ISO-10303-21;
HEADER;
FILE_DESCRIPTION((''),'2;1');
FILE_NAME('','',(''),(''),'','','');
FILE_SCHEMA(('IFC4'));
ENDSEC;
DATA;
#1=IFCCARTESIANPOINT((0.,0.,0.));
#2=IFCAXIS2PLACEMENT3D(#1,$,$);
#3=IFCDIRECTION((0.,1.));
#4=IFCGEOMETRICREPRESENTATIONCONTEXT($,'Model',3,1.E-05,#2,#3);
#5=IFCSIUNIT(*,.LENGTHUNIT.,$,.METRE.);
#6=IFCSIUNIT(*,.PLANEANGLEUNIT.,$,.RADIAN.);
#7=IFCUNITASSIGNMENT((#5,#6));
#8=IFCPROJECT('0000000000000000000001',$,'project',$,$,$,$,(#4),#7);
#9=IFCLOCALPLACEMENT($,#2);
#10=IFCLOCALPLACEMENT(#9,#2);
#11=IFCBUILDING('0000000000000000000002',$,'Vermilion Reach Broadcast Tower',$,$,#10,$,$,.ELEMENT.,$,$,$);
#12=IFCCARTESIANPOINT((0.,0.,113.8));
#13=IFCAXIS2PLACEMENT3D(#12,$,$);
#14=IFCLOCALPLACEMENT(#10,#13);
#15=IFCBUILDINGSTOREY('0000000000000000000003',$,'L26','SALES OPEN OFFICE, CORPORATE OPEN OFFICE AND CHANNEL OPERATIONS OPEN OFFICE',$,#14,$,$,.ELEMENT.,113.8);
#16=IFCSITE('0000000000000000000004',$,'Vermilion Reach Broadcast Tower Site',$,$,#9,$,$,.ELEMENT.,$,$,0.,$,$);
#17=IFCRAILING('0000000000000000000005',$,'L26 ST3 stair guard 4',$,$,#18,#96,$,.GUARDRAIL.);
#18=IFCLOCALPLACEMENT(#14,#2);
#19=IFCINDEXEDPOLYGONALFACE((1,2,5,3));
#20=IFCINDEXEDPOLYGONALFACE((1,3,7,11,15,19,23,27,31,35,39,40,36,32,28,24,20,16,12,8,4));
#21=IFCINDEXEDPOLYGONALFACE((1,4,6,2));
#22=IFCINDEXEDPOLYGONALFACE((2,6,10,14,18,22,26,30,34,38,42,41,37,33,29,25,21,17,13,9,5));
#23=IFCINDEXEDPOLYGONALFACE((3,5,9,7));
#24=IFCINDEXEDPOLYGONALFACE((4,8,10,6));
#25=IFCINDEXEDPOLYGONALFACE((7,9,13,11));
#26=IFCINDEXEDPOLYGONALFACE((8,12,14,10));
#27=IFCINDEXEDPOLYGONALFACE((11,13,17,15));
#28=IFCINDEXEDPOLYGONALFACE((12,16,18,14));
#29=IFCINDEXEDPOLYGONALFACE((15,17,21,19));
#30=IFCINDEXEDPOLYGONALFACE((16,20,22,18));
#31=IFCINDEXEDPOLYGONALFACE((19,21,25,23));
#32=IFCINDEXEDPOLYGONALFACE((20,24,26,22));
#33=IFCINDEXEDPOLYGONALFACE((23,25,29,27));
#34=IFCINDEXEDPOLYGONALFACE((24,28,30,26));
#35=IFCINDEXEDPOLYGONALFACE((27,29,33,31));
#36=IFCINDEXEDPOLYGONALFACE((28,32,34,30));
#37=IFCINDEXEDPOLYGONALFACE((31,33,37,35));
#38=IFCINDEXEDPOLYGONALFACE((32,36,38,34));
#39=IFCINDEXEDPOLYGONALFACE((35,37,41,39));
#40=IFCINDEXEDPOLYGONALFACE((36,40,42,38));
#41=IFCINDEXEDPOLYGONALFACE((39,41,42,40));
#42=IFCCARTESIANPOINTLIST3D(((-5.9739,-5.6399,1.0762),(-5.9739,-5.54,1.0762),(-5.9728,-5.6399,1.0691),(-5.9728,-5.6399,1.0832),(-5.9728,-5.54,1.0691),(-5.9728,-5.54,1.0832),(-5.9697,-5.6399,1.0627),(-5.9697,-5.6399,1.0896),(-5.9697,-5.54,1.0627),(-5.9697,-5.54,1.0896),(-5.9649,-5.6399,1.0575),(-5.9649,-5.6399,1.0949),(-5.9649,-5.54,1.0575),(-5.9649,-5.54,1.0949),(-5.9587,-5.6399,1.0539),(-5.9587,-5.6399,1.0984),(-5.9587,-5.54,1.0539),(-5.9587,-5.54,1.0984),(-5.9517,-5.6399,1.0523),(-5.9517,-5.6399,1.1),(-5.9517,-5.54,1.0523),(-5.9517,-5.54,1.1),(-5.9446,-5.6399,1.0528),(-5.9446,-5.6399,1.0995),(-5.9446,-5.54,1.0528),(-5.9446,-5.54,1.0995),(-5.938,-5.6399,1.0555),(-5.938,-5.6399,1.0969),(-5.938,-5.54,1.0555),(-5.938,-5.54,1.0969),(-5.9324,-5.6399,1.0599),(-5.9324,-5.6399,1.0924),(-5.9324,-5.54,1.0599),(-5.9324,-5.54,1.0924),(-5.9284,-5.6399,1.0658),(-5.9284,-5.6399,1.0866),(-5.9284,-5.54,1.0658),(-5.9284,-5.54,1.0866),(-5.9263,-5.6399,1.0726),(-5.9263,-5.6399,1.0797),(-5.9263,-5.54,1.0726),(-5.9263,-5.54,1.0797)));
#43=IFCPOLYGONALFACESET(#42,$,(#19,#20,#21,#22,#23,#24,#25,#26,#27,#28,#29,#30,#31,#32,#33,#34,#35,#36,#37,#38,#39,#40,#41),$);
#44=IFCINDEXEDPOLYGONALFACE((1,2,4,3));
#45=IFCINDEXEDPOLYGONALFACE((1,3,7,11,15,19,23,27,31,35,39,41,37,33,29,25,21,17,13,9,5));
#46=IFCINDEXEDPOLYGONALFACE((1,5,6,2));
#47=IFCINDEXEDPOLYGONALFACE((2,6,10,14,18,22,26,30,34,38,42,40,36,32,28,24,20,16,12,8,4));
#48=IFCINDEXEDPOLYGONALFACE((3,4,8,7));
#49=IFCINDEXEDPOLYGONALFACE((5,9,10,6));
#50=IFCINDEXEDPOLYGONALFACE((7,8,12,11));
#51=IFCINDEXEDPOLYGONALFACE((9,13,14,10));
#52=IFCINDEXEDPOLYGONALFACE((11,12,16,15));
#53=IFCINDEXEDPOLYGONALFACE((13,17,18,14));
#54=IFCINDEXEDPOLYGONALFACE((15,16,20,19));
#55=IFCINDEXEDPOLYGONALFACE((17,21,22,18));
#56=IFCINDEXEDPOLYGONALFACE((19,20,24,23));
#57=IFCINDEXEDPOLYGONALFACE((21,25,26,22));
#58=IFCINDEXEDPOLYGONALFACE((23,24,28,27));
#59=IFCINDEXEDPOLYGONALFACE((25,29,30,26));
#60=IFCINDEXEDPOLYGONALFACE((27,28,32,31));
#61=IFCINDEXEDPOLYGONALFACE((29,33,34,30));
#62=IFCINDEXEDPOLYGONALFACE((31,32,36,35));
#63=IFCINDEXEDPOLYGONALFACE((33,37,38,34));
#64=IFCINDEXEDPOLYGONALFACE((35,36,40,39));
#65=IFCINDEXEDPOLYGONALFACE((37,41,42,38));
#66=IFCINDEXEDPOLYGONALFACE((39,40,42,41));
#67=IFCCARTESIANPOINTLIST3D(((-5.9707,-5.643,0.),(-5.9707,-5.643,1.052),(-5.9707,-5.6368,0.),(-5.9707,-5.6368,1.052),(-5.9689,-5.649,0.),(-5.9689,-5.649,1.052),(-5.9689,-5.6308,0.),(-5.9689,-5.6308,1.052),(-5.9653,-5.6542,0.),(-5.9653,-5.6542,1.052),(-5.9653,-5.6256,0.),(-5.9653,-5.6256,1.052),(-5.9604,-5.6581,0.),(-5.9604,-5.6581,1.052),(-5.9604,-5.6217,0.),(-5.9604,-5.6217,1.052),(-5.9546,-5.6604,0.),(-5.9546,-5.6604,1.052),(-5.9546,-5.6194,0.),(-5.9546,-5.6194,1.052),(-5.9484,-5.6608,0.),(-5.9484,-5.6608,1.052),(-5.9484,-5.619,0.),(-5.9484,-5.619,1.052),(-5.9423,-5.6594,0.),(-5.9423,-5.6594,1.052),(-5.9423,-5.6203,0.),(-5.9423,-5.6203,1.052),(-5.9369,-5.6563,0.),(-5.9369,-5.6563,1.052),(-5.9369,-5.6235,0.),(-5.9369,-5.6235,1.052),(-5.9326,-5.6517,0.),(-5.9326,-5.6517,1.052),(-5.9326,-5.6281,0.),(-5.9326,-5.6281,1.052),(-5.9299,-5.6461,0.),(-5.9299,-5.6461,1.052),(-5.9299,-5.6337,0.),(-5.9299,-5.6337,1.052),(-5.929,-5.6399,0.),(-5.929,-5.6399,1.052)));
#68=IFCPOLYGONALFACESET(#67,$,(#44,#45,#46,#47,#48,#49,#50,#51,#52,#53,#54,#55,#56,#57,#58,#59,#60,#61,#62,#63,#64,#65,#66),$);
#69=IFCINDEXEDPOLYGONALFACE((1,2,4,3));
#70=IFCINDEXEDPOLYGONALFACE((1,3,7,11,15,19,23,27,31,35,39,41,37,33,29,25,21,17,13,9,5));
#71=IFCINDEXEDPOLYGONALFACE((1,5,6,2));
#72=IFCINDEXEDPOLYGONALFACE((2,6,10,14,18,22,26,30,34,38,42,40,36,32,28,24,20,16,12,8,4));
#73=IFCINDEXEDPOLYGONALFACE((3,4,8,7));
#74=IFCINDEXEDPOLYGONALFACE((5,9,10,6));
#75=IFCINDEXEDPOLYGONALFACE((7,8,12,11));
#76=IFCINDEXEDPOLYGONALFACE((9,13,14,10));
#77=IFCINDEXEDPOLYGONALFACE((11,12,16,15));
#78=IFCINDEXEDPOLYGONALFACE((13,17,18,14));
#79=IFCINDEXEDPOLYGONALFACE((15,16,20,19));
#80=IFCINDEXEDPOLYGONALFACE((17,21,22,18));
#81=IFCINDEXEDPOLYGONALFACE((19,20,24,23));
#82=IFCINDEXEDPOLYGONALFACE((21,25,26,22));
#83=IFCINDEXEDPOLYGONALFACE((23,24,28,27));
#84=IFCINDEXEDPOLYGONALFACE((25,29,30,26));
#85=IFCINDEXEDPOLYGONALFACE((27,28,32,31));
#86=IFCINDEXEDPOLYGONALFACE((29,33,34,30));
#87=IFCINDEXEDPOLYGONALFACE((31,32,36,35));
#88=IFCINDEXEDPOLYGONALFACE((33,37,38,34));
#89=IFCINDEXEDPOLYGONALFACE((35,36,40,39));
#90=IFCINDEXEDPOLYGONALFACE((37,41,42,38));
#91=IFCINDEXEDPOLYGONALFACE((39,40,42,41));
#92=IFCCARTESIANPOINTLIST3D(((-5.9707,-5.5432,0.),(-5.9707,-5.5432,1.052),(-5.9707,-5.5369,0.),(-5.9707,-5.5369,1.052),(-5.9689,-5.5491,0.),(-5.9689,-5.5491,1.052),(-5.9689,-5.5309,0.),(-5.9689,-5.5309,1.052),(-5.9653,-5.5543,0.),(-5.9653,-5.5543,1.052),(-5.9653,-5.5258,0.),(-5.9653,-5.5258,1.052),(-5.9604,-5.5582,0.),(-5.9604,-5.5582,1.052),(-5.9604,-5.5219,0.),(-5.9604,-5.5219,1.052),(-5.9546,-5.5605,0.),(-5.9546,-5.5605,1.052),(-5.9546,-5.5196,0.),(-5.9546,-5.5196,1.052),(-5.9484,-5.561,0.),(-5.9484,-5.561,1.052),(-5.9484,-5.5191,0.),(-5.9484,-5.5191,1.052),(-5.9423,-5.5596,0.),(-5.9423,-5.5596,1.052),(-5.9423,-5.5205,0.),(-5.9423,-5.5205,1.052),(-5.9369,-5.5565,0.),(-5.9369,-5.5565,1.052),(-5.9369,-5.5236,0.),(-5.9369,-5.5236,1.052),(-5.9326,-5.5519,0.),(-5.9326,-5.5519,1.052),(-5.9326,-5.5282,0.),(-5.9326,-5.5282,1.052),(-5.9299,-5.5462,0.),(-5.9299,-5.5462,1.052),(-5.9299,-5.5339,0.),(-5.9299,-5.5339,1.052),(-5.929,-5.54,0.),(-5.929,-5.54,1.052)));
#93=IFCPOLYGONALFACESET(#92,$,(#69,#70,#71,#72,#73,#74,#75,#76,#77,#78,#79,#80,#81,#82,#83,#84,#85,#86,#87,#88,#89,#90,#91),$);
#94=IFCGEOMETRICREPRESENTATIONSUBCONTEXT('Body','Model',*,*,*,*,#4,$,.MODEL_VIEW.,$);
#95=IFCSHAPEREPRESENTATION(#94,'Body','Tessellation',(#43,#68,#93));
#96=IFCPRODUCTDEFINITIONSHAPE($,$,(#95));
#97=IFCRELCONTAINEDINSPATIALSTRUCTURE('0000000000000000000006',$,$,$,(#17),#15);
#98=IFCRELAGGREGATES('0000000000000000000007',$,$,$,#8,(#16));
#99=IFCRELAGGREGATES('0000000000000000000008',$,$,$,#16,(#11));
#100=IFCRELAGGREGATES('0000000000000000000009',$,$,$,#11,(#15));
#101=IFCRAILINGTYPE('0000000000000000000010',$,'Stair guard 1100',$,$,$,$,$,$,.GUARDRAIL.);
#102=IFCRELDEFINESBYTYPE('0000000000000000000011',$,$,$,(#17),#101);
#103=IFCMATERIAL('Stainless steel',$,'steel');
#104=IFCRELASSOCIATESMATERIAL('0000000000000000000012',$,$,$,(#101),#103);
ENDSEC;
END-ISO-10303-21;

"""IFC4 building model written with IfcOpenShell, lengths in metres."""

from ifc_helpers import new_model, si_unit, direction, frame, origin, origin_2d, place, context, subcontext, project, spatial, circle, extrude, material, type_object, element, save


model = new_model("IFC4")

# Units and contexts
model_context = context("Model", 3, precision=1e-05, world=origin(), true_north=direction((0.0, 1.0)))
body_context = subcontext(model_context, "Body", "Model", "MODEL_VIEW")
ifc_project = project(units=[si_unit("LENGTHUNIT", "METRE"), si_unit("PLANEANGLEUNIT", "RADIAN")], contexts=[model_context])

# Site, building, storey
site_placement = place(None, origin())
site = spatial("IfcSite", under=ifc_project, at=site_placement, Name="Vermilion Reach Broadcast Tower Site", CompositionType="ELEMENT", RefElevation=0.0)
building_placement = place(site_placement, origin())
building = spatial("IfcBuilding", under=site, at=building_placement, Name="Vermilion Reach Broadcast Tower", CompositionType="ELEMENT")
storey_placement = place(building_placement, frame((0.0, 0.0, 113.8)))
storey = spatial("IfcBuildingStorey", under=building, at=storey_placement, Name="L26", Description="SALES OPEN OFFICE, CORPORATE OPEN OFFICE AND CHANNEL OPERATIONS OPEN OFFICE", CompositionType="ELEMENT", Elevation=113.8)

# Railing
ifc_material_1 = material(Name="Stainless steel", Category="steel")
railing_type = type_object("IfcRailingType", Name="Stair guard 1100", PredefinedType="GUARDRAIL", material=ifc_material_1)
railing_1_placement = place(storey_placement, frame((-5.95, -5.6399, 0.0)))
element("IfcRailing", 1, at=railing_1_placement, inside=storey, type_object=railing_type, Name="L26 ST3 stair guard 4", PredefinedType="GUARDRAIL", context=body_context, shape_type="SweptSolid", body=[
    extrude(circle(Radius=0.0239, at=origin_2d()), frame((0.0, 0.0, 1.0762), z_axis=(0.0, 1.0, 0.0), x_axis=(-1.0, 0.0, 0.0)), (0.0, 0.0, 1.0), 0.0999),
    extrude(circle(Radius=0.021, at=origin_2d()), origin(), (0.0, 0.0, 1.0), 1.052),
    extrude(circle(Radius=0.021, at=origin_2d()), frame((0.0, 0.0999, 0.0)), (0.0, 0.0, 1.0), 1.052),
])

save(model, "model.ifc")
